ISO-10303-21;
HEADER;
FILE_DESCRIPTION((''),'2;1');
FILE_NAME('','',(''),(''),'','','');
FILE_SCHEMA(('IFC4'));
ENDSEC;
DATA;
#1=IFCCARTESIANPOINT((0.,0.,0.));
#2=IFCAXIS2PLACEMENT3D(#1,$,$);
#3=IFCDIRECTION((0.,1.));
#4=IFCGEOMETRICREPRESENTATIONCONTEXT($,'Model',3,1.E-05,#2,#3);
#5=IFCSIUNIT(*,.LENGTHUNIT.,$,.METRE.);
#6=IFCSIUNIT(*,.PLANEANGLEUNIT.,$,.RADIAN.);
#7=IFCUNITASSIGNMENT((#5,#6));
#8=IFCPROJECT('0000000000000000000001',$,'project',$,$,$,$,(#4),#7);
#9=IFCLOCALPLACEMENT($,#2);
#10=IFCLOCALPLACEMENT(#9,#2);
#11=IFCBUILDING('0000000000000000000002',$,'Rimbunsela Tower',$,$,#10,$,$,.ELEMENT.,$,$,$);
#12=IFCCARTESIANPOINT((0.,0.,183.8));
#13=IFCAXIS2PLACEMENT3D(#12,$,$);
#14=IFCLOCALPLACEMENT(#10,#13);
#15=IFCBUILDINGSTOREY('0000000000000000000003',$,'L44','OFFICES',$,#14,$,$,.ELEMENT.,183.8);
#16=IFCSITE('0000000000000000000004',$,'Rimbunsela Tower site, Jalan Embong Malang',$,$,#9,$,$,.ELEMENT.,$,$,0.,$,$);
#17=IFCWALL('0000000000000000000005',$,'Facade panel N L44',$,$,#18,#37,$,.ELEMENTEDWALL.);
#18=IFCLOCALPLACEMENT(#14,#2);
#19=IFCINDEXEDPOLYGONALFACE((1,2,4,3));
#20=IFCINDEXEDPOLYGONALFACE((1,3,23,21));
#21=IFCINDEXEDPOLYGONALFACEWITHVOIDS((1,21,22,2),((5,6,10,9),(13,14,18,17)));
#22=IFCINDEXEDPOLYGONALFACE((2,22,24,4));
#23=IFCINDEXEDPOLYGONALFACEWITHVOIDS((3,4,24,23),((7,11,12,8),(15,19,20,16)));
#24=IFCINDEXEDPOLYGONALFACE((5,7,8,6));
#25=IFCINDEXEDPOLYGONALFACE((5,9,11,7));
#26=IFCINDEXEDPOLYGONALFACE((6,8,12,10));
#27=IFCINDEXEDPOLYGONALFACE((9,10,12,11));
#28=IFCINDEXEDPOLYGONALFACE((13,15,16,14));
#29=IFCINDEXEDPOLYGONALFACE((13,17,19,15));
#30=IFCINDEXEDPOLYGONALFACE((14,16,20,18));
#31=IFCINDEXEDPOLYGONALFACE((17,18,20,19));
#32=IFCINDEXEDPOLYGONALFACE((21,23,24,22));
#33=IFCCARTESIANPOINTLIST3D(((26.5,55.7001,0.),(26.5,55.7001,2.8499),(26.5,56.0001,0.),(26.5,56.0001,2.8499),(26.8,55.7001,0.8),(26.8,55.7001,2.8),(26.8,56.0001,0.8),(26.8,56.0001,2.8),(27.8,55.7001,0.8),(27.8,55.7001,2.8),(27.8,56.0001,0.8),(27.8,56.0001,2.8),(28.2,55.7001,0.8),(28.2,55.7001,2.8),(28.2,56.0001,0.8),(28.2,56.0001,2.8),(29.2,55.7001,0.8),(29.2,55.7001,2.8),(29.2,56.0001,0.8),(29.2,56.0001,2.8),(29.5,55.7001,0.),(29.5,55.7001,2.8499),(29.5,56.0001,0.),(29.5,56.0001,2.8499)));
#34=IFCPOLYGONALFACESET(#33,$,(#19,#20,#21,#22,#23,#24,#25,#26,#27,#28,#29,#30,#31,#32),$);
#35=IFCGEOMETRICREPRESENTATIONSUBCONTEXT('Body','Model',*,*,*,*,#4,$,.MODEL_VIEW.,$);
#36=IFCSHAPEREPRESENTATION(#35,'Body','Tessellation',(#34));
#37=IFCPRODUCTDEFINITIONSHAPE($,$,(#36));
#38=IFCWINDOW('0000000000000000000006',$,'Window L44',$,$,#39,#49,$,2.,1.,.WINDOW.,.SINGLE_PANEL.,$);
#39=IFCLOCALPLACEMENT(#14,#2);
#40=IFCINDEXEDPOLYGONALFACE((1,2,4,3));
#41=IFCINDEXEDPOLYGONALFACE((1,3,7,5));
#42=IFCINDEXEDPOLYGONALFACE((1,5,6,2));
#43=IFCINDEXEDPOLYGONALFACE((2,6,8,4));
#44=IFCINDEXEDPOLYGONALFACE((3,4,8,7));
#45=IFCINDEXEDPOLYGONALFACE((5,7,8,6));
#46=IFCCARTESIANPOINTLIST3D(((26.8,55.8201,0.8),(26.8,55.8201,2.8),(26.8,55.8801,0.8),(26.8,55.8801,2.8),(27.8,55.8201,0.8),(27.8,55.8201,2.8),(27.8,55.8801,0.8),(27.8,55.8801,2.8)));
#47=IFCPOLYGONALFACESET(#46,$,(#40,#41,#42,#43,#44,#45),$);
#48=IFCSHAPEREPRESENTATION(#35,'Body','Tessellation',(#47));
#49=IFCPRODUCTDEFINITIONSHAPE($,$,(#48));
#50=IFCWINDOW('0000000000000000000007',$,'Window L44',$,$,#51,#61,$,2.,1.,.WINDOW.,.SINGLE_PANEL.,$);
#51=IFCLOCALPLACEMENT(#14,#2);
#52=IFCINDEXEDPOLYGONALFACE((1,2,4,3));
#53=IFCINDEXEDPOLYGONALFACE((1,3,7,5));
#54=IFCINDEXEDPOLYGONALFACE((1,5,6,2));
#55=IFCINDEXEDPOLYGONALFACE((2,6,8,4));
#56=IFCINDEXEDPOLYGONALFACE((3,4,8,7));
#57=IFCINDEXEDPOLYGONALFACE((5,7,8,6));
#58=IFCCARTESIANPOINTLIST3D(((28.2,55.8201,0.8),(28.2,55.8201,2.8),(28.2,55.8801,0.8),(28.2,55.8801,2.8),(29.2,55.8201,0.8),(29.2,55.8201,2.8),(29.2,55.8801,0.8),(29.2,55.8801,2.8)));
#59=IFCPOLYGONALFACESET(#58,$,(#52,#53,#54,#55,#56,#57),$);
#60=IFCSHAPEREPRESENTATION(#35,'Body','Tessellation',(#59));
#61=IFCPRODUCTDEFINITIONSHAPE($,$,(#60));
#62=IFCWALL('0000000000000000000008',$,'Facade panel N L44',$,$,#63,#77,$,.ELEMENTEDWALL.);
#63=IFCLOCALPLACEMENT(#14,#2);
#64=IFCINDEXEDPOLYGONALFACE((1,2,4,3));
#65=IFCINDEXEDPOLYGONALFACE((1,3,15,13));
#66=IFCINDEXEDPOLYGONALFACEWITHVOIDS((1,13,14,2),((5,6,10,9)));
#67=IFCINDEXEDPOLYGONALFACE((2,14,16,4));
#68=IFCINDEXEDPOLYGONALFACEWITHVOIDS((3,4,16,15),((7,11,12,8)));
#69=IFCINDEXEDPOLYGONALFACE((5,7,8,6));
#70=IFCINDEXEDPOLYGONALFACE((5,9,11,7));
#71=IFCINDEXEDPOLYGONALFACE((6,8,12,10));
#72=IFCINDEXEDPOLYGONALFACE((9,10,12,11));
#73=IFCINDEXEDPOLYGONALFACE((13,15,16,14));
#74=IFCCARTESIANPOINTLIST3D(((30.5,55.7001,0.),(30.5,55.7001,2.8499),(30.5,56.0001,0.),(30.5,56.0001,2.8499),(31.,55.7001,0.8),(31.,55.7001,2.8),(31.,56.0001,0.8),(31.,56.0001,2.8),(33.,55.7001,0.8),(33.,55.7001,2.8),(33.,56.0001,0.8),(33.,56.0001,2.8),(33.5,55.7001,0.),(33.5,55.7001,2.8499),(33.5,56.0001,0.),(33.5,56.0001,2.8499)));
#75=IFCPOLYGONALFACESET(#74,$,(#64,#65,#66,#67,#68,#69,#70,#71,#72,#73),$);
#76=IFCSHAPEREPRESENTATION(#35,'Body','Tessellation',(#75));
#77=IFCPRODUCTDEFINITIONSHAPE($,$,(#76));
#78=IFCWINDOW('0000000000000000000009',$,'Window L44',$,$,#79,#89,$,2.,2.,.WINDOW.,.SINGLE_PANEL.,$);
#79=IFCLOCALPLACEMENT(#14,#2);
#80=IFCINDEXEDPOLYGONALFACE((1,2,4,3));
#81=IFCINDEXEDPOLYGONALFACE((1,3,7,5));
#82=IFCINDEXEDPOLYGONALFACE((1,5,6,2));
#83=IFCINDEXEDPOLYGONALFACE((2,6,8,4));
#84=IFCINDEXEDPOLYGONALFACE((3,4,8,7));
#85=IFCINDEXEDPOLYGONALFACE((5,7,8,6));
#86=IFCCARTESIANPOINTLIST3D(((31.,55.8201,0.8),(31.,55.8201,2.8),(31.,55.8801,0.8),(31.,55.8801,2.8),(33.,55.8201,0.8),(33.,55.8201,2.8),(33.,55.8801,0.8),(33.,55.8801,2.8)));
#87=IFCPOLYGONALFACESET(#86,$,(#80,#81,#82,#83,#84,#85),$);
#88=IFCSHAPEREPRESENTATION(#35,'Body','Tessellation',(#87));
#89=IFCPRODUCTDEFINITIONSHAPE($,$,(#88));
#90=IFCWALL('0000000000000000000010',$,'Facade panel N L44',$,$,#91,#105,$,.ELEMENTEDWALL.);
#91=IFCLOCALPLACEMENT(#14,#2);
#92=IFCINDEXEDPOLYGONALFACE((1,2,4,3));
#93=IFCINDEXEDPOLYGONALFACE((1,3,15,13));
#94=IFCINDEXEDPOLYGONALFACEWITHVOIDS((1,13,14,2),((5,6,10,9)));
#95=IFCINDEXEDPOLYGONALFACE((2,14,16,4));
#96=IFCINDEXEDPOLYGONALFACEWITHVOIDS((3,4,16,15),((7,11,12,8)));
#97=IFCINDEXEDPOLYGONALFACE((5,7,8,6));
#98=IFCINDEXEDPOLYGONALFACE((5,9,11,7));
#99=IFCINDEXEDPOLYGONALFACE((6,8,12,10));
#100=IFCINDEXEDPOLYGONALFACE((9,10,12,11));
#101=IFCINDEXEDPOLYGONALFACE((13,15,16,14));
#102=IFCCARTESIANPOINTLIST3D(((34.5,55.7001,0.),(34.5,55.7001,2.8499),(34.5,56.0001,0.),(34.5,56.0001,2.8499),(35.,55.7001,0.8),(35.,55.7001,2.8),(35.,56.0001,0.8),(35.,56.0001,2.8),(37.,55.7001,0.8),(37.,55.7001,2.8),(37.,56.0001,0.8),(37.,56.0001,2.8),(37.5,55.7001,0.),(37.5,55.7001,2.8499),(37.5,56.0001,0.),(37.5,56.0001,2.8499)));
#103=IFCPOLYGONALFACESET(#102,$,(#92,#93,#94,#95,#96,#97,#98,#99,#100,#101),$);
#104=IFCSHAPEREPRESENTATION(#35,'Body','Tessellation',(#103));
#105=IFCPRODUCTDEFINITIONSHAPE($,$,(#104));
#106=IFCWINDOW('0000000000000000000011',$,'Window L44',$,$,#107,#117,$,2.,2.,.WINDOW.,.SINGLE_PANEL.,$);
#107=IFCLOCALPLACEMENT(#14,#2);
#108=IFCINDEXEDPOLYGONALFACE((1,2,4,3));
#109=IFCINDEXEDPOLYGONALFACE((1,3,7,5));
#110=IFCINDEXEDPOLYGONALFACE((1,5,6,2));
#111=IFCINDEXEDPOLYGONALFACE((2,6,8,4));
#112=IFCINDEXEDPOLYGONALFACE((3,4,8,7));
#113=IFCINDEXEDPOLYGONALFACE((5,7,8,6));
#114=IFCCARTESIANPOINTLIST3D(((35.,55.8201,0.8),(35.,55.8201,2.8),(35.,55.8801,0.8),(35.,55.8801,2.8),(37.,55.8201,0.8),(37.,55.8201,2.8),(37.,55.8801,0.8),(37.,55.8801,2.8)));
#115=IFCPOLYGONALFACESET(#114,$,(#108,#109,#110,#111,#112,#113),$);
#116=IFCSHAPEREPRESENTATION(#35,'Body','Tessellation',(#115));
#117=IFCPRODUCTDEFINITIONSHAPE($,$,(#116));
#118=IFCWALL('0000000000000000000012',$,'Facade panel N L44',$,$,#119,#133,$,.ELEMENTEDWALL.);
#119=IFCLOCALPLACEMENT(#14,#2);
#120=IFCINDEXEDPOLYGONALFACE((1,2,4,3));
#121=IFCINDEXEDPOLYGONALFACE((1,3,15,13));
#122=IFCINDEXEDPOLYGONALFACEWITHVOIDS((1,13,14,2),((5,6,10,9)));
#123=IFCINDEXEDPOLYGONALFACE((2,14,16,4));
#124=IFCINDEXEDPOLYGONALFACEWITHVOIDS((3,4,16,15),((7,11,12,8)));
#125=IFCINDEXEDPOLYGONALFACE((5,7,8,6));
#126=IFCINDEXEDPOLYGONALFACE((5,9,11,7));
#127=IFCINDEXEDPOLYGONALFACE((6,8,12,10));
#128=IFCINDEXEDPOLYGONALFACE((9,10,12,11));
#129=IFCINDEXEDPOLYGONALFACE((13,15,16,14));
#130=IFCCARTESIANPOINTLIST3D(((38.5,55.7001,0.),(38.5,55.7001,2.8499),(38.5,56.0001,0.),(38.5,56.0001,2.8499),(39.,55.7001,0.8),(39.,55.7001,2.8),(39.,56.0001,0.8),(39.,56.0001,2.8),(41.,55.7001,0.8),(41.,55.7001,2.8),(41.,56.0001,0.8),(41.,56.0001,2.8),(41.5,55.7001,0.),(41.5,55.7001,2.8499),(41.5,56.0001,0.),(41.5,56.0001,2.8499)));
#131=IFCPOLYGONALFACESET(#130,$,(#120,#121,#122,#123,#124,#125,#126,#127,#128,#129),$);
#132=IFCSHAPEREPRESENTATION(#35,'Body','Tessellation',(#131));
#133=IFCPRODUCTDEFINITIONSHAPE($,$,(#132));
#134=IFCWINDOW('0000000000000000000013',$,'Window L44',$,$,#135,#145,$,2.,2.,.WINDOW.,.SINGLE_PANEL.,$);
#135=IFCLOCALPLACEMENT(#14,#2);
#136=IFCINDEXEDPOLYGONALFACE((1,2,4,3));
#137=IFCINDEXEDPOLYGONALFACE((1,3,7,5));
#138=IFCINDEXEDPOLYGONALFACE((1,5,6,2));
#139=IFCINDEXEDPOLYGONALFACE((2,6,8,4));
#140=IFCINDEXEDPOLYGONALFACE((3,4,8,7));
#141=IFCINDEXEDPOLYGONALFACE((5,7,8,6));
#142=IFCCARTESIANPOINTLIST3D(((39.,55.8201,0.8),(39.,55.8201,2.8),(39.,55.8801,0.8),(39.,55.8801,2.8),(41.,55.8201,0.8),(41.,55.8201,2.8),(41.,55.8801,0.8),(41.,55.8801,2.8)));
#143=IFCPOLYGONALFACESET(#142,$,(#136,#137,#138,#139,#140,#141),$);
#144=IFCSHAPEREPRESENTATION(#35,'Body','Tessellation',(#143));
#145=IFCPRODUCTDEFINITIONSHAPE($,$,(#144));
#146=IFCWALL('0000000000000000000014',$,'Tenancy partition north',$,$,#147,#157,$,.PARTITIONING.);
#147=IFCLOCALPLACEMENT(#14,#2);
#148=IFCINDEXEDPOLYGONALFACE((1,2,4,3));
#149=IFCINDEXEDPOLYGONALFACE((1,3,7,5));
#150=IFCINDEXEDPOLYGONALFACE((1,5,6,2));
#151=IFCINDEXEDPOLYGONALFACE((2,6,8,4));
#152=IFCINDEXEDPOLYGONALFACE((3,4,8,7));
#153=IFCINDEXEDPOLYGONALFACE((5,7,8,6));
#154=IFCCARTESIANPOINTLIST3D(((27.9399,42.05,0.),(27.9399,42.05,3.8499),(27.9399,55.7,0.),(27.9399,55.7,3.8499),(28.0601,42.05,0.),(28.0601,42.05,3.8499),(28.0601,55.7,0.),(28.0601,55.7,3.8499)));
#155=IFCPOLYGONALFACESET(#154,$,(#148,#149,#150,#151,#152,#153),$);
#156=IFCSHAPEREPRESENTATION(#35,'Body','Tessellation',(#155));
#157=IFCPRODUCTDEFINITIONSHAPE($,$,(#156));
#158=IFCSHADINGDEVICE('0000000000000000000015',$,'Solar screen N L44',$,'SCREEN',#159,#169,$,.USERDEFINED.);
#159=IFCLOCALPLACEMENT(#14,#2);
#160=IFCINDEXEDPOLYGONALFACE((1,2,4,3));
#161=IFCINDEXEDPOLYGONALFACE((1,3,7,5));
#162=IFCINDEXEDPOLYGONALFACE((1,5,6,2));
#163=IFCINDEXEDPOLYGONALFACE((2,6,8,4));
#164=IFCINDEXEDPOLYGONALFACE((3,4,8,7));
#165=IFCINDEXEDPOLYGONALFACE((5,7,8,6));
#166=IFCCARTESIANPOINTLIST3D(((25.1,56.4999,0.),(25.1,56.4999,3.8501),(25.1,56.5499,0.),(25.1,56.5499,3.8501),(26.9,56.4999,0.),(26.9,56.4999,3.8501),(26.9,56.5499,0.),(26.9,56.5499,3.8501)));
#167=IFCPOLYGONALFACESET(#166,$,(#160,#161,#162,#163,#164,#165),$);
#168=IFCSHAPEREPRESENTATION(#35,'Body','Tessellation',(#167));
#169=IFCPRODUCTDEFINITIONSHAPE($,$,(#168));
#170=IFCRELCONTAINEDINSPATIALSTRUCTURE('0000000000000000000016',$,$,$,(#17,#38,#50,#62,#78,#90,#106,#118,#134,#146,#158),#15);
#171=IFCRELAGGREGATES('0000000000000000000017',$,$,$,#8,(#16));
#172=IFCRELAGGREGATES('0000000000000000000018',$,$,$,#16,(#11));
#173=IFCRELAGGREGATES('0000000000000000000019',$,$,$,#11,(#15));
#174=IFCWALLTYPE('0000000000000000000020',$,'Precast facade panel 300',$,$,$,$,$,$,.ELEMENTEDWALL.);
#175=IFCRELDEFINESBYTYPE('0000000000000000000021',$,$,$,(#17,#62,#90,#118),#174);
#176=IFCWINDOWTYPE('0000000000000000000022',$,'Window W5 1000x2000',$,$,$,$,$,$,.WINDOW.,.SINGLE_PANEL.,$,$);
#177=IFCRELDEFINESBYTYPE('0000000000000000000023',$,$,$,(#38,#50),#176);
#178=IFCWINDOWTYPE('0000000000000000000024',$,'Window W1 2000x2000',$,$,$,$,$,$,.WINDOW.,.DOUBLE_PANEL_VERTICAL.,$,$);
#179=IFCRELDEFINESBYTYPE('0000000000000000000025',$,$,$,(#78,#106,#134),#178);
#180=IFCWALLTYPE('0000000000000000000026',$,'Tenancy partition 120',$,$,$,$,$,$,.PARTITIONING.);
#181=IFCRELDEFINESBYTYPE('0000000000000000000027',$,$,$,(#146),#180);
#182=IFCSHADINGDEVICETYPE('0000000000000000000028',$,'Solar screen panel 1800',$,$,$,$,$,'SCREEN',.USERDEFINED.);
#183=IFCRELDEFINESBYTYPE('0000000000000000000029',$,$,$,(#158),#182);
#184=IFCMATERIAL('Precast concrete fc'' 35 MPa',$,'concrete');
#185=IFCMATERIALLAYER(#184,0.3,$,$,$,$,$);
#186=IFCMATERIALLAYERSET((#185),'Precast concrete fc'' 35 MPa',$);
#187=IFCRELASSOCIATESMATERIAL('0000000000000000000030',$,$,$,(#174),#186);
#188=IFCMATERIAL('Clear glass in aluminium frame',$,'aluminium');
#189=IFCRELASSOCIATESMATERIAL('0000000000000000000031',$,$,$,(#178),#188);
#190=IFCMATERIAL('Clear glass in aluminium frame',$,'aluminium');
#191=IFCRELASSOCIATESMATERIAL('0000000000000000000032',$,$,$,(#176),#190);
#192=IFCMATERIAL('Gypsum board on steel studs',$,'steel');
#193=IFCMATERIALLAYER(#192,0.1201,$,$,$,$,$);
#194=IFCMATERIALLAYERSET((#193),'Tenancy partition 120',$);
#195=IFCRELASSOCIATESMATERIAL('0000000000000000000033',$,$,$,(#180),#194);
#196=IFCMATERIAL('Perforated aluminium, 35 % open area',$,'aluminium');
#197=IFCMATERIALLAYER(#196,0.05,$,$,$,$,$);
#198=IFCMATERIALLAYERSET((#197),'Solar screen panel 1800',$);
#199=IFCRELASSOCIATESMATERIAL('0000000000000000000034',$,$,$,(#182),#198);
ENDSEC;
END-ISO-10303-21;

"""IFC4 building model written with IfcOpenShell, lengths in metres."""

from ifc_helpers import new_model, si_unit, direction, frame, frame_2d, origin, origin_2d, place, context, subcontext, project, spatial, rectangle, extrude, material, layer, layer_set, type_object, element, fill, save


model = new_model("IFC4")

# Units and contexts
model_context = context("Model", 3, precision=1e-05, world=origin(), true_north=direction((0.0, 1.0)))
body_context = subcontext(model_context, "Body", "Model", "MODEL_VIEW")
ifc_project = project(units=[si_unit("LENGTHUNIT", "METRE"), si_unit("PLANEANGLEUNIT", "RADIAN")], contexts=[model_context])

# Site, building, storey
site_placement = place(None, origin())
site = spatial("IfcSite", under=ifc_project, at=site_placement, Name="Rimbunsela Tower site, Jalan Embong Malang", CompositionType="ELEMENT", RefElevation=0.0)
building_placement = place(site_placement, origin())
building = spatial("IfcBuilding", under=site, at=building_placement, Name="Rimbunsela Tower", CompositionType="ELEMENT")
storey_placement = place(building_placement, frame((0.0, 0.0, 183.8)))
storey = spatial("IfcBuildingStorey", under=building, at=storey_placement, Name="L44", Description="OFFICES", CompositionType="ELEMENT", Elevation=183.8)

# Shared definitions
ifc_material_1 = material(Name="Precast concrete fc' 35 MPa", Category="concrete")
ifc_layer_1 = layer(ifc_material_1, 0.3)
ifc_layer_set_1 = layer_set([ifc_layer_1], Name="Precast concrete fc' 35 MPa")
wall_type_1 = type_object("IfcWallType", Name="Precast facade panel 300", PredefinedType="ELEMENTEDWALL", material=ifc_layer_set_1)
ifc_material_2 = material(Name="Clear glass in aluminium frame", Category="aluminium")
window_type_1 = type_object("IfcWindowType", Name="Window W1 2000x2000", PartitioningType="DOUBLE_PANEL_VERTICAL", PredefinedType="WINDOW", material=ifc_material_2)

# Wall, openings, windows
wall_1_placement = place(storey_placement, frame((29.5, 55.8501, 0.0), z_axis=(0.0, 0.0, 1.0), x_axis=(-1.0, 0.0, 0.0)))
wall_1 = element("IfcWall", 1, at=wall_1_placement, inside=storey, type_object=wall_type_1, Name="Facade panel N L44", PredefinedType="ELEMENTEDWALL", context=body_context, shape_type="SweptSolid", body=[
    extrude(rectangle(XDim=3.0, YDim=0.3, at=frame_2d((1.5, 0.0))), origin(), (0.0, 0.0, 1.0), 2.8499),
])
opening_1_placement = place(wall_1_placement, frame((1.7, 0.0, 0.8)))
opening_1 = element("IfcOpeningElement", 2, at=opening_1_placement, cuts=wall_1, PredefinedType="OPENING", context=body_context, shape_type="SweptSolid", body=[
    extrude(rectangle(XDim=1.0, YDim=2.0, at=frame_2d((0.5, 1.0))), frame((0.0, 0.1599, 0.0), z_axis=(0.0, -1.0, 0.0), x_axis=(1.0, 0.0, 0.0)), (0.0, 0.0, 1.0), 0.3201),
])
opening_2_placement = place(wall_1_placement, frame((0.3, 0.0, 0.8)))
opening_2 = element("IfcOpeningElement", 3, at=opening_2_placement, cuts=wall_1, PredefinedType="OPENING", context=body_context, shape_type="SweptSolid", body=[
    extrude(rectangle(XDim=1.0, YDim=2.0, at=frame_2d((0.5, 1.0))), frame((0.0, 0.1599, 0.0), z_axis=(0.0, -1.0, 0.0), x_axis=(1.0, 0.0, 0.0)), (0.0, 0.0, 1.0), 0.3201),
])
ifc_material_3 = material(Name="Clear glass in aluminium frame", Category="aluminium")
window_type_2 = type_object("IfcWindowType", Name="Window W5 1000x2000", PartitioningType="SINGLE_PANEL", PredefinedType="WINDOW", material=ifc_material_3)
window_1_placement = place(opening_1_placement, origin())
window_1 = element("IfcWindow", 4, at=window_1_placement, inside=storey, type_object=window_type_2, Name="Window L44", OverallHeight=2.0, OverallWidth=1.0, PartitioningType="SINGLE_PANEL", PredefinedType="WINDOW", context=body_context, shape_type="SweptSolid", body=[
    extrude(rectangle(XDim=1.0, YDim=2.0, at=frame_2d((0.5, 1.0))), frame((0.0, 0.03, 0.0), z_axis=(0.0, -1.0, 0.0), x_axis=(1.0, 0.0, 0.0)), (0.0, 0.0, 1.0), 0.0601),
])
fill(opening_1, window_1)
window_2_placement = place(opening_2_placement, origin())
window_2 = element("IfcWindow", 5, at=window_2_placement, inside=storey, type_object=window_type_2, Name="Window L44", OverallHeight=2.0, OverallWidth=1.0, PartitioningType="SINGLE_PANEL", PredefinedType="WINDOW", context=body_context, shape_type="SweptSolid", body=[
    extrude(rectangle(XDim=1.0, YDim=2.0, at=frame_2d((0.5, 1.0))), frame((0.0, 0.03, 0.0), z_axis=(0.0, -1.0, 0.0), x_axis=(1.0, 0.0, 0.0)), (0.0, 0.0, 1.0), 0.0601),
])
fill(opening_2, window_2)

# Walls, openings, windows
wall_2_placement = place(storey_placement, frame((33.5, 55.8501, 0.0), z_axis=(0.0, 0.0, 1.0), x_axis=(-1.0, 0.0, 0.0)))
wall_2 = element("IfcWall", 6, at=wall_2_placement, inside=storey, type_object=wall_type_1, Name="Facade panel N L44", PredefinedType="ELEMENTEDWALL", context=body_context, shape_type="SweptSolid", body=[
    extrude(rectangle(XDim=3.0, YDim=0.3, at=frame_2d((1.5, 0.0))), origin(), (0.0, 0.0, 1.0), 2.8499),
])
opening_3_placement = place(wall_2_placement, frame((0.5, 0.0, 0.8)))
opening_3 = element("IfcOpeningElement", 7, at=opening_3_placement, cuts=wall_2, PredefinedType="OPENING", context=body_context, shape_type="SweptSolid", body=[
    extrude(rectangle(XDim=2.0, YDim=2.0, at=frame_2d((1.0, 1.0))), frame((0.0, 0.1599, 0.0), z_axis=(0.0, -1.0, 0.0), x_axis=(1.0, 0.0, 0.0)), (0.0, 0.0, 1.0), 0.3201),
])
window_3_placement = place(opening_3_placement, origin())
window_3 = element("IfcWindow", 8, at=window_3_placement, inside=storey, type_object=window_type_1, Name="Window L44", OverallHeight=2.0, OverallWidth=2.0, PartitioningType="SINGLE_PANEL", PredefinedType="WINDOW", context=body_context, shape_type="SweptSolid", body=[
    extrude(rectangle(XDim=2.0, YDim=2.0, at=frame_2d((1.0, 1.0))), frame((0.0, 0.03, 0.0), z_axis=(0.0, -1.0, 0.0), x_axis=(1.0, 0.0, 0.0)), (0.0, 0.0, 1.0), 0.0601),
])
fill(opening_3, window_3)
wall_3_placement = place(storey_placement, frame((37.5, 55.8501, 0.0), z_axis=(0.0, 0.0, 1.0), x_axis=(-1.0, 0.0, 0.0)))
wall_3 = element("IfcWall", 9, at=wall_3_placement, inside=storey, type_object=wall_type_1, Name="Facade panel N L44", PredefinedType="ELEMENTEDWALL", context=body_context, shape_type="SweptSolid", body=[
    extrude(rectangle(XDim=3.0, YDim=0.3, at=frame_2d((1.5, 0.0))), origin(), (0.0, 0.0, 1.0), 2.8499),
])
opening_4_placement = place(wall_3_placement, frame((0.5, 0.0, 0.8)))
opening_4 = element("IfcOpeningElement", 10, at=opening_4_placement, cuts=wall_3, PredefinedType="OPENING", context=body_context, shape_type="SweptSolid", body=[
    extrude(rectangle(XDim=2.0, YDim=2.0, at=frame_2d((1.0, 1.0))), frame((0.0, 0.1599, 0.0), z_axis=(0.0, -1.0, 0.0), x_axis=(1.0, 0.0, 0.0)), (0.0, 0.0, 1.0), 0.3201),
])
window_4_placement = place(opening_4_placement, origin())
window_4 = element("IfcWindow", 11, at=window_4_placement, inside=storey, type_object=window_type_1, Name="Window L44", OverallHeight=2.0, OverallWidth=2.0, PartitioningType="SINGLE_PANEL", PredefinedType="WINDOW", context=body_context, shape_type="SweptSolid", body=[
    extrude(rectangle(XDim=2.0, YDim=2.0, at=frame_2d((1.0, 1.0))), frame((0.0, 0.03, 0.0), z_axis=(0.0, -1.0, 0.0), x_axis=(1.0, 0.0, 0.0)), (0.0, 0.0, 1.0), 0.0601),
])
fill(opening_4, window_4)
wall_4_placement = place(storey_placement, frame((41.5, 55.8501, 0.0), z_axis=(0.0, 0.0, 1.0), x_axis=(-1.0, 0.0, 0.0)))
wall_4 = element("IfcWall", 12, at=wall_4_placement, inside=storey, type_object=wall_type_1, Name="Facade panel N L44", PredefinedType="ELEMENTEDWALL", context=body_context, shape_type="SweptSolid", body=[
    extrude(rectangle(XDim=3.0, YDim=0.3, at=frame_2d((1.5, 0.0))), origin(), (0.0, 0.0, 1.0), 2.8499),
])
opening_5_placement = place(wall_4_placement, frame((0.5, 0.0, 0.8)))
opening_5 = element("IfcOpeningElement", 13, at=opening_5_placement, cuts=wall_4, PredefinedType="OPENING", context=body_context, shape_type="SweptSolid", body=[
    extrude(rectangle(XDim=2.0, YDim=2.0, at=frame_2d((1.0, 1.0))), frame((0.0, 0.1599, 0.0), z_axis=(0.0, -1.0, 0.0), x_axis=(1.0, 0.0, 0.0)), (0.0, 0.0, 1.0), 0.3201),
])
window_5_placement = place(opening_5_placement, origin())
window_5 = element("IfcWindow", 14, at=window_5_placement, inside=storey, type_object=window_type_1, Name="Window L44", OverallHeight=2.0, OverallWidth=2.0, PartitioningType="SINGLE_PANEL", PredefinedType="WINDOW", context=body_context, shape_type="SweptSolid", body=[
    extrude(rectangle(XDim=2.0, YDim=2.0, at=frame_2d((1.0, 1.0))), frame((0.0, 0.03, 0.0), z_axis=(0.0, -1.0, 0.0), x_axis=(1.0, 0.0, 0.0)), (0.0, 0.0, 1.0), 0.0601),
])
fill(opening_5, window_5)

# Wall
ifc_material_4 = material(Name="Gypsum board on steel studs", Category="steel")
ifc_layer_2 = layer(ifc_material_4, 0.1201)
ifc_layer_set_2 = layer_set([ifc_layer_2], Name="Tenancy partition 120")
wall_type_2 = type_object("IfcWallType", Name="Tenancy partition 120", PredefinedType="PARTITIONING", material=ifc_layer_set_2)
wall_5_placement = place(storey_placement, frame((28.0, 42.05, 0.0), z_axis=(0.0, 0.0, 1.0), x_axis=(0.0, 1.0, 0.0)))
element("IfcWall", 15, at=wall_5_placement, inside=storey, type_object=wall_type_2, Name="Tenancy partition north", PredefinedType="PARTITIONING", context=body_context, shape_type="SweptSolid", body=[
    extrude(rectangle(XDim=13.6499, YDim=0.1201, at=frame_2d((6.825, 0.0))), origin(), (0.0, 0.0, 1.0), 3.8499),
])

# Shading device
ifc_material_5 = material(Name="Perforated aluminium, 35 % open area", Category="aluminium")
ifc_layer_3 = layer(ifc_material_5, 0.05)
ifc_layer_set_3 = layer_set([ifc_layer_3], Name="Solar screen panel 1800")
shading_device_type = type_object("IfcShadingDeviceType", Name="Solar screen panel 1800", ElementType="SCREEN", PredefinedType="USERDEFINED", material=ifc_layer_set_3)
for number, where, z_axis, x_axis, name in (
    (16, (26.0, 56.5249, 0.0), (0.0, 0.0, 1.0), (1.0, 0.0, 0.0), "Solar screen N L44"),
):
    element("IfcShadingDevice", number, at=place(storey_placement, frame(where, z_axis=z_axis, x_axis=x_axis)), inside=storey, type_object=shading_device_type, Name=name, ObjectType="SCREEN", PredefinedType="USERDEFINED", context=body_context, shape_type="SweptSolid", body=[
        extrude(rectangle(XDim=1.8, YDim=0.05, at=origin_2d()), origin(), (0.0, 0.0, 1.0), 3.8501),
    ])

save(model, "model.ifc")
